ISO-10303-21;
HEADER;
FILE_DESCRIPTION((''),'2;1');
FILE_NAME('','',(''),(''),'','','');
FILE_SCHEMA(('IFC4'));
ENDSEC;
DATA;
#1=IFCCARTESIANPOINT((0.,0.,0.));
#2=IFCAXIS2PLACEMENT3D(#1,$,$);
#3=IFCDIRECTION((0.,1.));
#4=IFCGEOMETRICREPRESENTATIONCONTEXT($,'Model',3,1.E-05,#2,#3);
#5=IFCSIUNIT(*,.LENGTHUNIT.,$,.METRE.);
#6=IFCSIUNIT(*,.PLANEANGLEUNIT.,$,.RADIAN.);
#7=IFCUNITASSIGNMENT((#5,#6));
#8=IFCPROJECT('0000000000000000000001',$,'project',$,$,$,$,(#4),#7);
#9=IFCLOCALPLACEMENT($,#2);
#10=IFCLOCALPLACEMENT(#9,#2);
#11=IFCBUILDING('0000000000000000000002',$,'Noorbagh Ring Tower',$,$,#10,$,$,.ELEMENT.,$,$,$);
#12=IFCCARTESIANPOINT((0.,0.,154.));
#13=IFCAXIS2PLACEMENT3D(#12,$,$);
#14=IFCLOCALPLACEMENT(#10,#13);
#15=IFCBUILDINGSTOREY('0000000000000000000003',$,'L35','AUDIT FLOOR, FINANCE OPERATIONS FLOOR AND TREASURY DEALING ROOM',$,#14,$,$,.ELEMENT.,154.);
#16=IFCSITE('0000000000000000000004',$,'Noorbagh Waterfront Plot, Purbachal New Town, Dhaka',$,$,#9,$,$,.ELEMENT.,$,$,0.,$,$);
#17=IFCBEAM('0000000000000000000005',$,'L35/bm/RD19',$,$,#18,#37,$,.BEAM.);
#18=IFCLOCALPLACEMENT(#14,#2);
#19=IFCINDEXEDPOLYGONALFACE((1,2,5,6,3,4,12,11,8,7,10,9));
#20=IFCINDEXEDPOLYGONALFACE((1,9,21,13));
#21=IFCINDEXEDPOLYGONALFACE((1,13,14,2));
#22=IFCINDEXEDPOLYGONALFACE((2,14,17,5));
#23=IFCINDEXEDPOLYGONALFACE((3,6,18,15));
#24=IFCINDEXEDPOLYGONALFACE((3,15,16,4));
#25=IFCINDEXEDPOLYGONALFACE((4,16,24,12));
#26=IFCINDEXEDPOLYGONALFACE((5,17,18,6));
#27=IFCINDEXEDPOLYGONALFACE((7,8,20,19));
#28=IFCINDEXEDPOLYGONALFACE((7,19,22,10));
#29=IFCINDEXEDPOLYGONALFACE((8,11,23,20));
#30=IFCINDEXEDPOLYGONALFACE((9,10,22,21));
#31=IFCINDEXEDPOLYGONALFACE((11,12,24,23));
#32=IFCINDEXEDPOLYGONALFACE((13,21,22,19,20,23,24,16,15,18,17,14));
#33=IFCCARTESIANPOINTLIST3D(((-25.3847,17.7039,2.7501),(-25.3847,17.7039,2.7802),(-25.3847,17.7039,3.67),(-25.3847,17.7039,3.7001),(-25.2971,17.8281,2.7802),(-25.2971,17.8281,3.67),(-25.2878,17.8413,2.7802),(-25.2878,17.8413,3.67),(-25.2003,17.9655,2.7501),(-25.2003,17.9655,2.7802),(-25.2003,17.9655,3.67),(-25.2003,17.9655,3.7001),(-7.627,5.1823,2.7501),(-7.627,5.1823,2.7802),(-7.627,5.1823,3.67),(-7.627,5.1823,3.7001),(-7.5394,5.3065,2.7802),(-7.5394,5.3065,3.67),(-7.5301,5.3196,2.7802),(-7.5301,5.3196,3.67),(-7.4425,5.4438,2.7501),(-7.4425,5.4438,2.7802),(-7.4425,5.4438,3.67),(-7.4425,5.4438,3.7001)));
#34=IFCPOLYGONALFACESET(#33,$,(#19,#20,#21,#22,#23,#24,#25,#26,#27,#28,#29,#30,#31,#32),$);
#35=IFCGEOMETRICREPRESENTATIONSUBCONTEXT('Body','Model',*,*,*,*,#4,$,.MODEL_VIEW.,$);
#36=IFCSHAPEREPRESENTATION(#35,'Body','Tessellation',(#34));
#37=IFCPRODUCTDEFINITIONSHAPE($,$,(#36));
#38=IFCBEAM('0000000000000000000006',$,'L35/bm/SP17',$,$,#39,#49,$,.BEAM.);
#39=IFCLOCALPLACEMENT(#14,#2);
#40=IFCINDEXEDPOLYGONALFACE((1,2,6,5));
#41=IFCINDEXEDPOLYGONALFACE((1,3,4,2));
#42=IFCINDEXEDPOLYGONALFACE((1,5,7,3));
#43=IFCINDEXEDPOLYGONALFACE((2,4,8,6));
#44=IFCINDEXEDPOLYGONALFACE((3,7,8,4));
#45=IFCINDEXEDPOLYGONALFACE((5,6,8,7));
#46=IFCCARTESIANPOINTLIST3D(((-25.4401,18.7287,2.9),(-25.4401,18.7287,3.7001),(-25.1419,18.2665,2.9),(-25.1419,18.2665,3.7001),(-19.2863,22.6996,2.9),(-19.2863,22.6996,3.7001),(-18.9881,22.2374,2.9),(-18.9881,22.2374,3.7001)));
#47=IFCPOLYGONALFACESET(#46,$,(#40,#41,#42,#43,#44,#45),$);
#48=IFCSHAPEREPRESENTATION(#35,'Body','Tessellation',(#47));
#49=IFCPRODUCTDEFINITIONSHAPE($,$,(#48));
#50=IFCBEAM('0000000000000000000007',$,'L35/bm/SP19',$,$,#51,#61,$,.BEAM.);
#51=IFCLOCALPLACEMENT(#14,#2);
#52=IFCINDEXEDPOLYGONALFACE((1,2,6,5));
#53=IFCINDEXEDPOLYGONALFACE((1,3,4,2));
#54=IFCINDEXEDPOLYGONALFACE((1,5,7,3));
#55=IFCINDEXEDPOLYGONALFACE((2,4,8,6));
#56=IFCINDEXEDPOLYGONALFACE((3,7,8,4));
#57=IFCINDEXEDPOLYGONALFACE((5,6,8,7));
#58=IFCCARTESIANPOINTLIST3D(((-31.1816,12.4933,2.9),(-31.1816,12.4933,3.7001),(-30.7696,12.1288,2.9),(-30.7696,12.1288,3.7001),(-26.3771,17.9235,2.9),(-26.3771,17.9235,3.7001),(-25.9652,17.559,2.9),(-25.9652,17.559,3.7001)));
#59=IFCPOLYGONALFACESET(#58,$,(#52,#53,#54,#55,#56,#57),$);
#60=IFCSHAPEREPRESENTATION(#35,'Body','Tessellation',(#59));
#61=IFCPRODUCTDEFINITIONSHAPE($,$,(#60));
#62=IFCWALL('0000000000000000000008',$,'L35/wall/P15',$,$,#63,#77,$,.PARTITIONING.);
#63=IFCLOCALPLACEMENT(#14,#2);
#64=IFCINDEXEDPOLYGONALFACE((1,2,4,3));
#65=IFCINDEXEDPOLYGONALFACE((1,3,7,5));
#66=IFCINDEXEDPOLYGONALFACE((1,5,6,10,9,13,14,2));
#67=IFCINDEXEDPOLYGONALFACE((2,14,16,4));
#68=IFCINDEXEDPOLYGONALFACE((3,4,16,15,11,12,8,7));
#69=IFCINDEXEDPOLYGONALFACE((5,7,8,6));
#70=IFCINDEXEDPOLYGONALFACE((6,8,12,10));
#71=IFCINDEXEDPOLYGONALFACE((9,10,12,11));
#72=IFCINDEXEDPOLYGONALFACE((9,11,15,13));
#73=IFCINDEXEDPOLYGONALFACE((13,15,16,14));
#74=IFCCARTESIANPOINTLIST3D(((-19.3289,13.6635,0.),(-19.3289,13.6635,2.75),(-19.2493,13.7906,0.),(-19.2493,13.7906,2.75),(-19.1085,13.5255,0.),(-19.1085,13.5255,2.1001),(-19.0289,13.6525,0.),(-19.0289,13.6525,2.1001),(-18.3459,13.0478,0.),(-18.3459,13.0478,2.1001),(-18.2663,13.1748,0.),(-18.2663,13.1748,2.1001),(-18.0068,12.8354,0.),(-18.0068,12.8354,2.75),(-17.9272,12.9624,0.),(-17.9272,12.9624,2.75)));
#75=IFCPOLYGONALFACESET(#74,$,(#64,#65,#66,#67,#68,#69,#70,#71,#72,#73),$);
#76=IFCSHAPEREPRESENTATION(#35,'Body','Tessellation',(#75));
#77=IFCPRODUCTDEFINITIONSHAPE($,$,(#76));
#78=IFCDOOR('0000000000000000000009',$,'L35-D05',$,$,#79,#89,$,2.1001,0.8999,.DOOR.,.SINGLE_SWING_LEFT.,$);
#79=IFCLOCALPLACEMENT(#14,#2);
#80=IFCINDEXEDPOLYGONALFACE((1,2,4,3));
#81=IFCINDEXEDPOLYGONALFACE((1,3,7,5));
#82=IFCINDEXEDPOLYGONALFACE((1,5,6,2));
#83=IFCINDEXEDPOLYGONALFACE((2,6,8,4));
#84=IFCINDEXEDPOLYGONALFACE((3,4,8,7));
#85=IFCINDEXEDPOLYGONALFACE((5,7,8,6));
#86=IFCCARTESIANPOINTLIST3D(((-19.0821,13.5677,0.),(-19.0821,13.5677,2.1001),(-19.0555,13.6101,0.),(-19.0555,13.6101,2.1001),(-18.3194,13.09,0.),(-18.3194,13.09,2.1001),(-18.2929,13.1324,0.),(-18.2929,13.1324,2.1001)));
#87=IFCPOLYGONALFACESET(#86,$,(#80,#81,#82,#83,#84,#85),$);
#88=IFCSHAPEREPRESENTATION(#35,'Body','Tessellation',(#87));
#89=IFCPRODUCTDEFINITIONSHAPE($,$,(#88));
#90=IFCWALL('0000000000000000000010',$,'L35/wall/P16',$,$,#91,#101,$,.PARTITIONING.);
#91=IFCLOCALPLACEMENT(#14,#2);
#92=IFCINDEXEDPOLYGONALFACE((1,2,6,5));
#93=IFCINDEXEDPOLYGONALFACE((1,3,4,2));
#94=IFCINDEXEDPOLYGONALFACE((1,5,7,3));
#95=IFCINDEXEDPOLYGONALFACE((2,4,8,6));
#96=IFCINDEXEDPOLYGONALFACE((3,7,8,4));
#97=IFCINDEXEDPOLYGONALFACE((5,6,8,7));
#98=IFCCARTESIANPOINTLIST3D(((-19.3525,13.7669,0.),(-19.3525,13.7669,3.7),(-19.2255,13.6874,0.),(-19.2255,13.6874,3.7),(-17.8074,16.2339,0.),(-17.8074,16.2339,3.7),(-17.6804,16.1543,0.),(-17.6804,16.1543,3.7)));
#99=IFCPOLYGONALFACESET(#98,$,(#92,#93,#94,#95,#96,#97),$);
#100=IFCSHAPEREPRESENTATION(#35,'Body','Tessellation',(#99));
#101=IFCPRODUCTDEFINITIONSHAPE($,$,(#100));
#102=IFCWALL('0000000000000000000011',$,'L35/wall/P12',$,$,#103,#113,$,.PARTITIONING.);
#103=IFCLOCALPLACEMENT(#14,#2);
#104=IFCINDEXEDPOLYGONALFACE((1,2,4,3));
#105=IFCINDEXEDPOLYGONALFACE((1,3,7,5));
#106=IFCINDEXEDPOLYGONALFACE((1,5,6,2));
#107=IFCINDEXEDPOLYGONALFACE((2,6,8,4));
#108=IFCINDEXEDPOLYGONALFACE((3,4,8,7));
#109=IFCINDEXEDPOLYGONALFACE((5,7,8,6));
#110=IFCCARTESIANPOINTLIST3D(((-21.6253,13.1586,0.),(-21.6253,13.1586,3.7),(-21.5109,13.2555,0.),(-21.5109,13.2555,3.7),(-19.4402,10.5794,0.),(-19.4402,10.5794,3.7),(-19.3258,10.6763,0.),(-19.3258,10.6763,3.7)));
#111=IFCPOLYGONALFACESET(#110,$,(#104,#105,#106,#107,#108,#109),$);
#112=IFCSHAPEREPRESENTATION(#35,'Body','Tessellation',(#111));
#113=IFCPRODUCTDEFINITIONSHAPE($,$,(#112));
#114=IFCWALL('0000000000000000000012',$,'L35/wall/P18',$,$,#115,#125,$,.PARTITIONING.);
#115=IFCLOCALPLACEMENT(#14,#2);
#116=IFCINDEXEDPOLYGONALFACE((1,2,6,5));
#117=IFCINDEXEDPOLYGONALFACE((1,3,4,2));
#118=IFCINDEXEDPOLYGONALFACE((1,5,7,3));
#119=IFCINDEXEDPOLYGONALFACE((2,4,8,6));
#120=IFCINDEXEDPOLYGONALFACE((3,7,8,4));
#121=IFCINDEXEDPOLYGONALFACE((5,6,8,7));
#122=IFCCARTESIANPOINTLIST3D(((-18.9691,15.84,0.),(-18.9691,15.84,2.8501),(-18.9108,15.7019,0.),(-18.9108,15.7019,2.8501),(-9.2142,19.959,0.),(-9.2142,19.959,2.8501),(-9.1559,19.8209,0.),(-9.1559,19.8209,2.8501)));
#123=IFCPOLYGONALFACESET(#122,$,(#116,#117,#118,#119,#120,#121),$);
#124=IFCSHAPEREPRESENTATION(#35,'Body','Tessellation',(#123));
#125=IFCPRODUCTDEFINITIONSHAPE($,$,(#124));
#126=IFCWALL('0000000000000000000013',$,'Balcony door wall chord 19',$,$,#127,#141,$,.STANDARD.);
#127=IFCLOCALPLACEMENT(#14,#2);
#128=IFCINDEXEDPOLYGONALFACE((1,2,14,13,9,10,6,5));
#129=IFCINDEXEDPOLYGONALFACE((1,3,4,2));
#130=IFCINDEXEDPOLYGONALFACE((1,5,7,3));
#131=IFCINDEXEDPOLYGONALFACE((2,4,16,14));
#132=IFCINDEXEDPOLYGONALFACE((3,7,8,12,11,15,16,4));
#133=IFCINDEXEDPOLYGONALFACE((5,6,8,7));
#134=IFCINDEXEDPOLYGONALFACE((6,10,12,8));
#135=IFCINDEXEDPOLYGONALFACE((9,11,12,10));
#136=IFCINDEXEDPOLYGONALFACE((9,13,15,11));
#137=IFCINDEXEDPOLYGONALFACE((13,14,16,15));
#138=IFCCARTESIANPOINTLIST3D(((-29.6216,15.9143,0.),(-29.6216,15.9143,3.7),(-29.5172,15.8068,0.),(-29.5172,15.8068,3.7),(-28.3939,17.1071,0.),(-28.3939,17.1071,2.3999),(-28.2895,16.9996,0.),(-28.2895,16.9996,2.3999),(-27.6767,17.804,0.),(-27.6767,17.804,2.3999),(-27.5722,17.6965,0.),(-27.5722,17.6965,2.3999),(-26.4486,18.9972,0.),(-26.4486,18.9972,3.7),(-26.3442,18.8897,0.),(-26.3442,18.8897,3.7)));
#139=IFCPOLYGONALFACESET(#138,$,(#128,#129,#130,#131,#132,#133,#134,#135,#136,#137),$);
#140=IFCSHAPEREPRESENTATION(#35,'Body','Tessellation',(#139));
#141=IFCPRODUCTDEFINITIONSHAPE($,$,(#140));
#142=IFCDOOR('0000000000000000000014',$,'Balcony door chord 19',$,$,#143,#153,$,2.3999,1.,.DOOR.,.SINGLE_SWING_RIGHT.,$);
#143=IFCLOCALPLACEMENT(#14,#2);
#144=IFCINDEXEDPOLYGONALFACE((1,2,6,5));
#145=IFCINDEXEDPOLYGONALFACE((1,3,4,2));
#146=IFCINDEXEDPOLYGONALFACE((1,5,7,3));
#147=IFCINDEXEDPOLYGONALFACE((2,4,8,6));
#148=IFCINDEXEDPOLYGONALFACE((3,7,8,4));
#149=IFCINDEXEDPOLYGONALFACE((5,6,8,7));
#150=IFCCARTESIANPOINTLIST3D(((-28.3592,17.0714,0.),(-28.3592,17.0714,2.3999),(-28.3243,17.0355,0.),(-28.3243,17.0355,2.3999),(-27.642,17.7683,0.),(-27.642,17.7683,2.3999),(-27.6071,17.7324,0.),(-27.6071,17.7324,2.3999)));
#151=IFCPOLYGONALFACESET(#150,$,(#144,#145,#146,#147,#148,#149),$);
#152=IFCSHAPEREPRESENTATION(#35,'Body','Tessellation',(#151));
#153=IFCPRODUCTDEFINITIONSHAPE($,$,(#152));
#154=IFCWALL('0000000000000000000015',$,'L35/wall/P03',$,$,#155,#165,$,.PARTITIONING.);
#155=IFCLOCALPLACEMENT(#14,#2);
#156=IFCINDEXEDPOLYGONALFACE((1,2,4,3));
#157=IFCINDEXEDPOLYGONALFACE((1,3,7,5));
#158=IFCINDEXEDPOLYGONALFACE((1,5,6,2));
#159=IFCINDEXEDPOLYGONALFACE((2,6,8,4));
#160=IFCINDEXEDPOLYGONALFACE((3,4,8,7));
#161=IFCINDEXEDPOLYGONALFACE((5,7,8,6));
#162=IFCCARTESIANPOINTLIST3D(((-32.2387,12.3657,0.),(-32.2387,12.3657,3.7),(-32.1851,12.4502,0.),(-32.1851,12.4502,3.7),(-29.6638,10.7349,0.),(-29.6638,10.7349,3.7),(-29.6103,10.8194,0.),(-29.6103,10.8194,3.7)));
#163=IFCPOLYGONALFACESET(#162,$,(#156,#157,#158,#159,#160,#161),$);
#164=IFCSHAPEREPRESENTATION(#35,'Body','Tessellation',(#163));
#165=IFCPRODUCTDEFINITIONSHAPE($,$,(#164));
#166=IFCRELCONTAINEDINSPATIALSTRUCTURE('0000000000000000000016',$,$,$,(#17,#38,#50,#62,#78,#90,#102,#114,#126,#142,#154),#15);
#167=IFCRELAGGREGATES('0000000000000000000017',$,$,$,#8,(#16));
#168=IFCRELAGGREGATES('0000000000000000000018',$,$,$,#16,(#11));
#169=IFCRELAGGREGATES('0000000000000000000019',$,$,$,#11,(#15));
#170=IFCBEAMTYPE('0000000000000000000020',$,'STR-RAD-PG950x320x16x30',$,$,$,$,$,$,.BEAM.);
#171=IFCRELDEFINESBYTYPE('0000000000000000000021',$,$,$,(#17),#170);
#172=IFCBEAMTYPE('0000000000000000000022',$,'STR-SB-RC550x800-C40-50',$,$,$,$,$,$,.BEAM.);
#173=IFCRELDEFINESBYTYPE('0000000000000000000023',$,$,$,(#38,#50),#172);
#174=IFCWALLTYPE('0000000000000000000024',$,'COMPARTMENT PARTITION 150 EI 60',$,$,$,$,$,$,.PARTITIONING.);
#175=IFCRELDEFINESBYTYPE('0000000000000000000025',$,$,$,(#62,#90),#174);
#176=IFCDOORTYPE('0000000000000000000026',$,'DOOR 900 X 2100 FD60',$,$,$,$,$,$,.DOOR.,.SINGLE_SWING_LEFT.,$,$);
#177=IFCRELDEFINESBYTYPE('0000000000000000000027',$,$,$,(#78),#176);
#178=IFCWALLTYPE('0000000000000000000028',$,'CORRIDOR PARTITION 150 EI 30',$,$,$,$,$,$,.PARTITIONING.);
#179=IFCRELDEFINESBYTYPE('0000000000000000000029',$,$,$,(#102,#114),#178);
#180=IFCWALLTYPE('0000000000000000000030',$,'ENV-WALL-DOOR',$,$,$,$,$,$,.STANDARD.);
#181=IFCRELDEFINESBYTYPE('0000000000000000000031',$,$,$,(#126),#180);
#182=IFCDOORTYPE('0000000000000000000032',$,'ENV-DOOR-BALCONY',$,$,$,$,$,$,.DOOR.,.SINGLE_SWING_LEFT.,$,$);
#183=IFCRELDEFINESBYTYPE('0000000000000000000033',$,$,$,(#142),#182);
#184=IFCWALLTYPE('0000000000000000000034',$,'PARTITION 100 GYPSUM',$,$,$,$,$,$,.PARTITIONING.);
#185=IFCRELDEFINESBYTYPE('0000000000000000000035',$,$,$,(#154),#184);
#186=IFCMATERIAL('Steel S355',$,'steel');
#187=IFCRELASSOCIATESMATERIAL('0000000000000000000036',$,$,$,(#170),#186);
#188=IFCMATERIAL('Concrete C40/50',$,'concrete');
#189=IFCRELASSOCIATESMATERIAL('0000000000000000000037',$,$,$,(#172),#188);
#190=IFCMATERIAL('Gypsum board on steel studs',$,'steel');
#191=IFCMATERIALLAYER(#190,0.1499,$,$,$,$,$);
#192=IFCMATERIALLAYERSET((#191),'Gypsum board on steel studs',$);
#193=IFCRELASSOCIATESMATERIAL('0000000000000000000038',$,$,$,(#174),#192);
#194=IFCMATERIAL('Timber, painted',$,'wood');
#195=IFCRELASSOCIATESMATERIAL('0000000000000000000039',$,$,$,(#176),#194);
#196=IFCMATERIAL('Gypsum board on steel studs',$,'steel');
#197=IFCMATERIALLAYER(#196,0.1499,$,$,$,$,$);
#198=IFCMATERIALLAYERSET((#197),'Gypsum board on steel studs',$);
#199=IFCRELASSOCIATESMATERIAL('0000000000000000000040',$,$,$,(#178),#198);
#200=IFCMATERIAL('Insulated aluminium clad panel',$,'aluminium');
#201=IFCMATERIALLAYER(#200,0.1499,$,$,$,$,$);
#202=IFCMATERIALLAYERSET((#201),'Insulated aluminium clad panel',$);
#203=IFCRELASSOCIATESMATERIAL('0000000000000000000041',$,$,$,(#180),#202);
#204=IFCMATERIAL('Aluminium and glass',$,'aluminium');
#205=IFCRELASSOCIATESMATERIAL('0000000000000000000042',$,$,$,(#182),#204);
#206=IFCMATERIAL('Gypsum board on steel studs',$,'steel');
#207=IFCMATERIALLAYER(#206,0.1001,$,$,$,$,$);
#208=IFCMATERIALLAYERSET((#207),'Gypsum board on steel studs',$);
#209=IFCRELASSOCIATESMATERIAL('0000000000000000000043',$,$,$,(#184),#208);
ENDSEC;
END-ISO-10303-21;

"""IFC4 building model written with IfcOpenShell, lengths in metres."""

from ifc_helpers import new_model, si_unit, direction, frame, frame_2d, origin, origin_2d, place, context, subcontext, project, spatial, rectangle, i_section, extrude, material, layer, layer_set, material_profile, profile_set, type_object, element, fill, save


model = new_model("IFC4")

# Units and contexts
model_context = context("Model", 3, precision=1e-05, world=origin(), true_north=direction((0.0, 1.0)))
body_context = subcontext(model_context, "Body", "Model", "MODEL_VIEW")
ifc_project = project(units=[si_unit("LENGTHUNIT", "METRE"), si_unit("PLANEANGLEUNIT", "RADIAN")], contexts=[model_context])

# Site, building, storey
site_placement = place(None, origin())
site = spatial("IfcSite", under=ifc_project, at=site_placement, Name="Noorbagh Waterfront Plot, Purbachal New Town, Dhaka", CompositionType="ELEMENT", RefElevation=0.0)
building_placement = place(site_placement, origin())
building = spatial("IfcBuilding", under=site, at=building_placement, Name="Noorbagh Ring Tower", CompositionType="ELEMENT")
storey_placement = place(building_placement, frame((0.0, 0.0, 154.0)))
storey = spatial("IfcBuildingStorey", under=building, at=storey_placement, Name="L35", Description="AUDIT FLOOR, FINANCE OPERATIONS FLOOR AND TREASURY DEALING ROOM", CompositionType="ELEMENT", Elevation=154.0)

# Beams
ifc_material_1 = material(Name="Steel S355", Category="steel")
ifc_material_profile_1 = material_profile(ifc_material_1, i_section(OverallWidth=0.3201, OverallDepth=0.95, WebThickness=0.0161, FlangeThickness=0.03, at=origin_2d()), Name="PG950x320x16x30")
ifc_profile_set_1 = profile_set([ifc_material_profile_1], Name="Steel S355")
beam_type_1 = type_object("IfcBeamType", Name="STR-RAD-PG950x320x16x30", PredefinedType="BEAM", material=ifc_profile_set_1)
beam_1_placement = place(storey_placement, frame((-25.2925, 17.8347, 3.2251), z_axis=(0.817254, -0.576278, 0.0), x_axis=(0.576278, 0.817254, 0.0)))
element("IfcBeam", 1, at=beam_1_placement, inside=storey, type_object=beam_type_1, Name="L35/bm/RD19", PredefinedType="BEAM", context=body_context, shape_type="SweptSolid", body=[
    extrude(i_section(OverallWidth=0.3201, OverallDepth=0.95, WebThickness=0.0161, FlangeThickness=0.03, at=origin_2d()), origin(), (0.0, 0.0, 1.0), 21.7285),
])
ifc_material_2 = material(Name="Concrete C40/50", Category="concrete")
ifc_material_profile_2 = material_profile(ifc_material_2, rectangle(XDim=0.55, YDim=0.8, at=origin_2d()), Name="RC550x800")
ifc_profile_set_2 = profile_set([ifc_material_profile_2], Name="Concrete C40/50")
beam_type_2 = type_object("IfcBeamType", Name="STR-SB-RC550x800-C40-50", PredefinedType="BEAM", material=ifc_profile_set_2)
beam_2_placement = place(storey_placement, frame((-19.1372, 22.4685, 3.3), z_axis=(-0.84025, -0.542199, 0.0), x_axis=(0.542199, -0.84025, 0.0)))
element("IfcBeam", 2, at=beam_2_placement, inside=storey, type_object=beam_type_2, Name="L35/bm/SP17", PredefinedType="BEAM", context=body_context, shape_type="SweptSolid", body=[
    extrude(rectangle(XDim=0.55, YDim=0.8, at=origin_2d()), origin(), (0.0, 0.0, 1.0), 7.3237),
])
beam_3_placement = place(storey_placement, frame((-26.1711, 17.7412, 3.3), z_axis=(-0.662638, -0.74894, 0.0), x_axis=(0.74894, -0.662638, 0.0)))
element("IfcBeam", 3, at=beam_3_placement, inside=storey, type_object=beam_type_2, Name="L35/bm/SP19", PredefinedType="BEAM", context=body_context, shape_type="SweptSolid", body=[
    extrude(rectangle(XDim=0.55, YDim=0.8, at=origin_2d()), origin(), (0.0, 0.0, 1.0), 7.2505),
])

# Wall, opening, door
ifc_material_3 = material(Name="Gypsum board on steel studs", Category="steel")
ifc_layer_1 = layer(ifc_material_3, 0.1499)
ifc_layer_set_1 = layer_set([ifc_layer_1], Name="Gypsum board on steel studs")
wall_type_1 = type_object("IfcWallType", Name="COMPARTMENT PARTITION 150 EI 60", PredefinedType="PARTITIONING", material=ifc_layer_set_1)
wall_1_placement = place(storey_placement, frame((-19.2891, 13.7271, 0.0), z_axis=(0.0, 0.0, 1.0), x_axis=(0.847462, -0.530857, 0.0)))
wall_1 = element("IfcWall", 4, at=wall_1_placement, inside=storey, type_object=wall_type_1, Name="L35/wall/P15", PredefinedType="PARTITIONING", context=body_context, shape_type="SweptSolid", body=[
    extrude(rectangle(XDim=1.5601, YDim=0.1499, at=frame_2d((0.78, 0.0))), origin(), (0.0, 0.0, 1.0), 2.75),
])
opening_1_placement = place(wall_1_placement, frame((0.26, 0.0, 0.0)))
opening_1 = element("IfcOpeningElement", 5, at=opening_1_placement, cuts=wall_1, PredefinedType="OPENING", context=body_context, shape_type="SweptSolid", body=[
    extrude(rectangle(XDim=0.8999, YDim=2.1001, at=frame_2d((0.45, 1.05))), frame((0.0, 0.085, 0.0), z_axis=(0.0, -1.0, 0.0), x_axis=(1.0, 0.0, 0.0)), (0.0, 0.0, 1.0), 0.1699),
])
ifc_material_4 = material(Name="Timber, painted", Category="wood")
door_type_1 = type_object("IfcDoorType", Name="DOOR 900 X 2100 FD60", OperationType="SINGLE_SWING_LEFT", PredefinedType="DOOR", material=ifc_material_4)
door_1_placement = place(opening_1_placement, origin())
door_1 = element("IfcDoor", 6, at=door_1_placement, inside=storey, type_object=door_type_1, Name="L35-D05", OperationType="SINGLE_SWING_LEFT", OverallHeight=2.1001, OverallWidth=0.8999, PredefinedType="DOOR", context=body_context, shape_type="SweptSolid", body=[
    extrude(rectangle(XDim=0.8999, YDim=2.1001, at=frame_2d((0.45, 1.05))), frame((0.0, 0.0249, 0.0), z_axis=(0.0, -1.0, 0.0), x_axis=(1.0, 0.0, 0.0)), (0.0, 0.0, 1.0), 0.05),
])
fill(opening_1, door_1)

# Walls
wall_2_placement = place(storey_placement, frame((-19.2891, 13.7271, 0.0), z_axis=(0.0, 0.0, 1.0), x_axis=(0.530805, 0.847494, 0.0)))
element("IfcWall", 7, at=wall_2_placement, inside=storey, type_object=wall_type_1, Name="L35/wall/P16", PredefinedType="PARTITIONING", context=body_context, shape_type="SweptSolid", body=[
    extrude(rectangle(XDim=2.9109, YDim=0.1499, at=frame_2d((1.4556, 0.0))), origin(), (0.0, 0.0, 1.0), 3.7),
])
ifc_material_5 = material(Name="Gypsum board on steel studs", Category="steel")
ifc_layer_2 = layer(ifc_material_5, 0.1499)
ifc_layer_set_2 = layer_set([ifc_layer_2], Name="Gypsum board on steel studs")
wall_type_2 = type_object("IfcWallType", Name="CORRIDOR PARTITION 150 EI 30", PredefinedType="PARTITIONING", material=ifc_layer_set_2)
wall_3_placement = place(storey_placement, frame((-21.5681, 13.207, 0.0), z_axis=(0.0, 0.0, 1.0), x_axis=(0.646415, -0.762986, 0.0)))
element("IfcWall", 8, at=wall_3_placement, inside=storey, type_object=wall_type_2, Name="L35/wall/P12", PredefinedType="PARTITIONING", context=body_context, shape_type="SweptSolid", body=[
    extrude(rectangle(XDim=3.3804, YDim=0.1499, at=frame_2d((1.6902, 0.0))), origin(), (0.0, 0.0, 1.0), 3.7),
])
wall_4_placement = place(storey_placement, frame((-18.9399, 15.771, 0.0), z_axis=(0.0, 0.0, 1.0), x_axis=(0.921244, 0.388986, 0.0)))
element("IfcWall", 9, at=wall_4_placement, inside=storey, type_object=wall_type_2, Name="L35/wall/P18", PredefinedType="PARTITIONING", context=body_context, shape_type="SweptSolid", body=[
    extrude(rectangle(XDim=10.5889, YDim=0.1499, at=frame_2d((5.2944, 0.0))), origin(), (0.0, 0.0, 1.0), 2.8501),
])

# Wall, opening, door
ifc_material_6 = material(Name="Insulated aluminium clad panel", Category="aluminium")
ifc_layer_3 = layer(ifc_material_6, 0.1499)
ifc_layer_set_3 = layer_set([ifc_layer_3], Name="Insulated aluminium clad panel")
wall_type_3 = type_object("IfcWallType", Name="ENV-WALL-DOOR", PredefinedType="STANDARD", material=ifc_layer_set_3)
wall_5_placement = place(storey_placement, frame((-26.3965, 18.9434, 0.0), z_axis=(0.0, 0.0, 1.0), x_axis=(-0.717215, -0.696852, 0.0)))
wall_5 = element("IfcWall", 10, at=wall_5_placement, inside=storey, type_object=wall_type_3, Name="Balcony door wall chord 19", PredefinedType="STANDARD", context=body_context, shape_type="SweptSolid", body=[
    extrude(rectangle(XDim=4.4241, YDim=0.1499, at=frame_2d((2.2119, 0.0))), origin(), (0.0, 0.0, 1.0), 3.7),
])
opening_2_placement = place(wall_5_placement, frame((1.7122, 0.0, 0.0)))
opening_2 = element("IfcOpeningElement", 11, at=opening_2_placement, cuts=wall_5, PredefinedType="OPENING", context=body_context, shape_type="SweptSolid", body=[
    extrude(rectangle(XDim=1.0, YDim=2.3999, at=frame_2d((0.5, 1.2))), frame((0.0, 0.085, 0.0), z_axis=(0.0, -1.0, 0.0), x_axis=(1.0, 0.0, 0.0)), (0.0, 0.0, 1.0), 0.1699),
])
ifc_material_7 = material(Name="Aluminium and glass", Category="aluminium")
door_type_2 = type_object("IfcDoorType", Name="ENV-DOOR-BALCONY", OperationType="SINGLE_SWING_LEFT", PredefinedType="DOOR", material=ifc_material_7)
door_2_placement = place(opening_2_placement, origin())
door_2 = element("IfcDoor", 12, at=door_2_placement, inside=storey, type_object=door_type_2, Name="Balcony door chord 19", OperationType="SINGLE_SWING_RIGHT", OverallHeight=2.3999, OverallWidth=1.0, PredefinedType="DOOR", context=body_context, shape_type="SweptSolid", body=[
    extrude(rectangle(XDim=1.0, YDim=2.3999, at=frame_2d((0.5, 1.2))), frame((0.0, 0.0249, 0.0), z_axis=(0.0, -1.0, 0.0), x_axis=(1.0, 0.0, 0.0)), (0.0, 0.0, 1.0), 0.05),
])
fill(opening_2, door_2)

# Wall
ifc_material_8 = material(Name="Gypsum board on steel studs", Category="steel")
ifc_layer_4 = layer(ifc_material_8, 0.1001)
ifc_layer_set_4 = layer_set([ifc_layer_4], Name="Gypsum board on steel studs")
wall_type_4 = type_object("IfcWallType", Name="PARTITION 100 GYPSUM", PredefinedType="PARTITIONING", material=ifc_layer_set_4)
wall_6_placement = place(storey_placement, frame((-32.2119, 12.408, 0.0), z_axis=(0.0, 0.0, 1.0), x_axis=(0.844811, -0.535065, 0.0)))
element("IfcWall", 13, at=wall_6_placement, inside=storey, type_object=wall_type_4, Name="L35/wall/P03", PredefinedType="PARTITIONING", context=body_context, shape_type="SweptSolid", body=[
    extrude(rectangle(XDim=3.0479, YDim=0.1001, at=frame_2d((1.5239, 0.0))), origin(), (0.0, 0.0, 1.0), 3.7),
])

save(model, "model.ifc")
